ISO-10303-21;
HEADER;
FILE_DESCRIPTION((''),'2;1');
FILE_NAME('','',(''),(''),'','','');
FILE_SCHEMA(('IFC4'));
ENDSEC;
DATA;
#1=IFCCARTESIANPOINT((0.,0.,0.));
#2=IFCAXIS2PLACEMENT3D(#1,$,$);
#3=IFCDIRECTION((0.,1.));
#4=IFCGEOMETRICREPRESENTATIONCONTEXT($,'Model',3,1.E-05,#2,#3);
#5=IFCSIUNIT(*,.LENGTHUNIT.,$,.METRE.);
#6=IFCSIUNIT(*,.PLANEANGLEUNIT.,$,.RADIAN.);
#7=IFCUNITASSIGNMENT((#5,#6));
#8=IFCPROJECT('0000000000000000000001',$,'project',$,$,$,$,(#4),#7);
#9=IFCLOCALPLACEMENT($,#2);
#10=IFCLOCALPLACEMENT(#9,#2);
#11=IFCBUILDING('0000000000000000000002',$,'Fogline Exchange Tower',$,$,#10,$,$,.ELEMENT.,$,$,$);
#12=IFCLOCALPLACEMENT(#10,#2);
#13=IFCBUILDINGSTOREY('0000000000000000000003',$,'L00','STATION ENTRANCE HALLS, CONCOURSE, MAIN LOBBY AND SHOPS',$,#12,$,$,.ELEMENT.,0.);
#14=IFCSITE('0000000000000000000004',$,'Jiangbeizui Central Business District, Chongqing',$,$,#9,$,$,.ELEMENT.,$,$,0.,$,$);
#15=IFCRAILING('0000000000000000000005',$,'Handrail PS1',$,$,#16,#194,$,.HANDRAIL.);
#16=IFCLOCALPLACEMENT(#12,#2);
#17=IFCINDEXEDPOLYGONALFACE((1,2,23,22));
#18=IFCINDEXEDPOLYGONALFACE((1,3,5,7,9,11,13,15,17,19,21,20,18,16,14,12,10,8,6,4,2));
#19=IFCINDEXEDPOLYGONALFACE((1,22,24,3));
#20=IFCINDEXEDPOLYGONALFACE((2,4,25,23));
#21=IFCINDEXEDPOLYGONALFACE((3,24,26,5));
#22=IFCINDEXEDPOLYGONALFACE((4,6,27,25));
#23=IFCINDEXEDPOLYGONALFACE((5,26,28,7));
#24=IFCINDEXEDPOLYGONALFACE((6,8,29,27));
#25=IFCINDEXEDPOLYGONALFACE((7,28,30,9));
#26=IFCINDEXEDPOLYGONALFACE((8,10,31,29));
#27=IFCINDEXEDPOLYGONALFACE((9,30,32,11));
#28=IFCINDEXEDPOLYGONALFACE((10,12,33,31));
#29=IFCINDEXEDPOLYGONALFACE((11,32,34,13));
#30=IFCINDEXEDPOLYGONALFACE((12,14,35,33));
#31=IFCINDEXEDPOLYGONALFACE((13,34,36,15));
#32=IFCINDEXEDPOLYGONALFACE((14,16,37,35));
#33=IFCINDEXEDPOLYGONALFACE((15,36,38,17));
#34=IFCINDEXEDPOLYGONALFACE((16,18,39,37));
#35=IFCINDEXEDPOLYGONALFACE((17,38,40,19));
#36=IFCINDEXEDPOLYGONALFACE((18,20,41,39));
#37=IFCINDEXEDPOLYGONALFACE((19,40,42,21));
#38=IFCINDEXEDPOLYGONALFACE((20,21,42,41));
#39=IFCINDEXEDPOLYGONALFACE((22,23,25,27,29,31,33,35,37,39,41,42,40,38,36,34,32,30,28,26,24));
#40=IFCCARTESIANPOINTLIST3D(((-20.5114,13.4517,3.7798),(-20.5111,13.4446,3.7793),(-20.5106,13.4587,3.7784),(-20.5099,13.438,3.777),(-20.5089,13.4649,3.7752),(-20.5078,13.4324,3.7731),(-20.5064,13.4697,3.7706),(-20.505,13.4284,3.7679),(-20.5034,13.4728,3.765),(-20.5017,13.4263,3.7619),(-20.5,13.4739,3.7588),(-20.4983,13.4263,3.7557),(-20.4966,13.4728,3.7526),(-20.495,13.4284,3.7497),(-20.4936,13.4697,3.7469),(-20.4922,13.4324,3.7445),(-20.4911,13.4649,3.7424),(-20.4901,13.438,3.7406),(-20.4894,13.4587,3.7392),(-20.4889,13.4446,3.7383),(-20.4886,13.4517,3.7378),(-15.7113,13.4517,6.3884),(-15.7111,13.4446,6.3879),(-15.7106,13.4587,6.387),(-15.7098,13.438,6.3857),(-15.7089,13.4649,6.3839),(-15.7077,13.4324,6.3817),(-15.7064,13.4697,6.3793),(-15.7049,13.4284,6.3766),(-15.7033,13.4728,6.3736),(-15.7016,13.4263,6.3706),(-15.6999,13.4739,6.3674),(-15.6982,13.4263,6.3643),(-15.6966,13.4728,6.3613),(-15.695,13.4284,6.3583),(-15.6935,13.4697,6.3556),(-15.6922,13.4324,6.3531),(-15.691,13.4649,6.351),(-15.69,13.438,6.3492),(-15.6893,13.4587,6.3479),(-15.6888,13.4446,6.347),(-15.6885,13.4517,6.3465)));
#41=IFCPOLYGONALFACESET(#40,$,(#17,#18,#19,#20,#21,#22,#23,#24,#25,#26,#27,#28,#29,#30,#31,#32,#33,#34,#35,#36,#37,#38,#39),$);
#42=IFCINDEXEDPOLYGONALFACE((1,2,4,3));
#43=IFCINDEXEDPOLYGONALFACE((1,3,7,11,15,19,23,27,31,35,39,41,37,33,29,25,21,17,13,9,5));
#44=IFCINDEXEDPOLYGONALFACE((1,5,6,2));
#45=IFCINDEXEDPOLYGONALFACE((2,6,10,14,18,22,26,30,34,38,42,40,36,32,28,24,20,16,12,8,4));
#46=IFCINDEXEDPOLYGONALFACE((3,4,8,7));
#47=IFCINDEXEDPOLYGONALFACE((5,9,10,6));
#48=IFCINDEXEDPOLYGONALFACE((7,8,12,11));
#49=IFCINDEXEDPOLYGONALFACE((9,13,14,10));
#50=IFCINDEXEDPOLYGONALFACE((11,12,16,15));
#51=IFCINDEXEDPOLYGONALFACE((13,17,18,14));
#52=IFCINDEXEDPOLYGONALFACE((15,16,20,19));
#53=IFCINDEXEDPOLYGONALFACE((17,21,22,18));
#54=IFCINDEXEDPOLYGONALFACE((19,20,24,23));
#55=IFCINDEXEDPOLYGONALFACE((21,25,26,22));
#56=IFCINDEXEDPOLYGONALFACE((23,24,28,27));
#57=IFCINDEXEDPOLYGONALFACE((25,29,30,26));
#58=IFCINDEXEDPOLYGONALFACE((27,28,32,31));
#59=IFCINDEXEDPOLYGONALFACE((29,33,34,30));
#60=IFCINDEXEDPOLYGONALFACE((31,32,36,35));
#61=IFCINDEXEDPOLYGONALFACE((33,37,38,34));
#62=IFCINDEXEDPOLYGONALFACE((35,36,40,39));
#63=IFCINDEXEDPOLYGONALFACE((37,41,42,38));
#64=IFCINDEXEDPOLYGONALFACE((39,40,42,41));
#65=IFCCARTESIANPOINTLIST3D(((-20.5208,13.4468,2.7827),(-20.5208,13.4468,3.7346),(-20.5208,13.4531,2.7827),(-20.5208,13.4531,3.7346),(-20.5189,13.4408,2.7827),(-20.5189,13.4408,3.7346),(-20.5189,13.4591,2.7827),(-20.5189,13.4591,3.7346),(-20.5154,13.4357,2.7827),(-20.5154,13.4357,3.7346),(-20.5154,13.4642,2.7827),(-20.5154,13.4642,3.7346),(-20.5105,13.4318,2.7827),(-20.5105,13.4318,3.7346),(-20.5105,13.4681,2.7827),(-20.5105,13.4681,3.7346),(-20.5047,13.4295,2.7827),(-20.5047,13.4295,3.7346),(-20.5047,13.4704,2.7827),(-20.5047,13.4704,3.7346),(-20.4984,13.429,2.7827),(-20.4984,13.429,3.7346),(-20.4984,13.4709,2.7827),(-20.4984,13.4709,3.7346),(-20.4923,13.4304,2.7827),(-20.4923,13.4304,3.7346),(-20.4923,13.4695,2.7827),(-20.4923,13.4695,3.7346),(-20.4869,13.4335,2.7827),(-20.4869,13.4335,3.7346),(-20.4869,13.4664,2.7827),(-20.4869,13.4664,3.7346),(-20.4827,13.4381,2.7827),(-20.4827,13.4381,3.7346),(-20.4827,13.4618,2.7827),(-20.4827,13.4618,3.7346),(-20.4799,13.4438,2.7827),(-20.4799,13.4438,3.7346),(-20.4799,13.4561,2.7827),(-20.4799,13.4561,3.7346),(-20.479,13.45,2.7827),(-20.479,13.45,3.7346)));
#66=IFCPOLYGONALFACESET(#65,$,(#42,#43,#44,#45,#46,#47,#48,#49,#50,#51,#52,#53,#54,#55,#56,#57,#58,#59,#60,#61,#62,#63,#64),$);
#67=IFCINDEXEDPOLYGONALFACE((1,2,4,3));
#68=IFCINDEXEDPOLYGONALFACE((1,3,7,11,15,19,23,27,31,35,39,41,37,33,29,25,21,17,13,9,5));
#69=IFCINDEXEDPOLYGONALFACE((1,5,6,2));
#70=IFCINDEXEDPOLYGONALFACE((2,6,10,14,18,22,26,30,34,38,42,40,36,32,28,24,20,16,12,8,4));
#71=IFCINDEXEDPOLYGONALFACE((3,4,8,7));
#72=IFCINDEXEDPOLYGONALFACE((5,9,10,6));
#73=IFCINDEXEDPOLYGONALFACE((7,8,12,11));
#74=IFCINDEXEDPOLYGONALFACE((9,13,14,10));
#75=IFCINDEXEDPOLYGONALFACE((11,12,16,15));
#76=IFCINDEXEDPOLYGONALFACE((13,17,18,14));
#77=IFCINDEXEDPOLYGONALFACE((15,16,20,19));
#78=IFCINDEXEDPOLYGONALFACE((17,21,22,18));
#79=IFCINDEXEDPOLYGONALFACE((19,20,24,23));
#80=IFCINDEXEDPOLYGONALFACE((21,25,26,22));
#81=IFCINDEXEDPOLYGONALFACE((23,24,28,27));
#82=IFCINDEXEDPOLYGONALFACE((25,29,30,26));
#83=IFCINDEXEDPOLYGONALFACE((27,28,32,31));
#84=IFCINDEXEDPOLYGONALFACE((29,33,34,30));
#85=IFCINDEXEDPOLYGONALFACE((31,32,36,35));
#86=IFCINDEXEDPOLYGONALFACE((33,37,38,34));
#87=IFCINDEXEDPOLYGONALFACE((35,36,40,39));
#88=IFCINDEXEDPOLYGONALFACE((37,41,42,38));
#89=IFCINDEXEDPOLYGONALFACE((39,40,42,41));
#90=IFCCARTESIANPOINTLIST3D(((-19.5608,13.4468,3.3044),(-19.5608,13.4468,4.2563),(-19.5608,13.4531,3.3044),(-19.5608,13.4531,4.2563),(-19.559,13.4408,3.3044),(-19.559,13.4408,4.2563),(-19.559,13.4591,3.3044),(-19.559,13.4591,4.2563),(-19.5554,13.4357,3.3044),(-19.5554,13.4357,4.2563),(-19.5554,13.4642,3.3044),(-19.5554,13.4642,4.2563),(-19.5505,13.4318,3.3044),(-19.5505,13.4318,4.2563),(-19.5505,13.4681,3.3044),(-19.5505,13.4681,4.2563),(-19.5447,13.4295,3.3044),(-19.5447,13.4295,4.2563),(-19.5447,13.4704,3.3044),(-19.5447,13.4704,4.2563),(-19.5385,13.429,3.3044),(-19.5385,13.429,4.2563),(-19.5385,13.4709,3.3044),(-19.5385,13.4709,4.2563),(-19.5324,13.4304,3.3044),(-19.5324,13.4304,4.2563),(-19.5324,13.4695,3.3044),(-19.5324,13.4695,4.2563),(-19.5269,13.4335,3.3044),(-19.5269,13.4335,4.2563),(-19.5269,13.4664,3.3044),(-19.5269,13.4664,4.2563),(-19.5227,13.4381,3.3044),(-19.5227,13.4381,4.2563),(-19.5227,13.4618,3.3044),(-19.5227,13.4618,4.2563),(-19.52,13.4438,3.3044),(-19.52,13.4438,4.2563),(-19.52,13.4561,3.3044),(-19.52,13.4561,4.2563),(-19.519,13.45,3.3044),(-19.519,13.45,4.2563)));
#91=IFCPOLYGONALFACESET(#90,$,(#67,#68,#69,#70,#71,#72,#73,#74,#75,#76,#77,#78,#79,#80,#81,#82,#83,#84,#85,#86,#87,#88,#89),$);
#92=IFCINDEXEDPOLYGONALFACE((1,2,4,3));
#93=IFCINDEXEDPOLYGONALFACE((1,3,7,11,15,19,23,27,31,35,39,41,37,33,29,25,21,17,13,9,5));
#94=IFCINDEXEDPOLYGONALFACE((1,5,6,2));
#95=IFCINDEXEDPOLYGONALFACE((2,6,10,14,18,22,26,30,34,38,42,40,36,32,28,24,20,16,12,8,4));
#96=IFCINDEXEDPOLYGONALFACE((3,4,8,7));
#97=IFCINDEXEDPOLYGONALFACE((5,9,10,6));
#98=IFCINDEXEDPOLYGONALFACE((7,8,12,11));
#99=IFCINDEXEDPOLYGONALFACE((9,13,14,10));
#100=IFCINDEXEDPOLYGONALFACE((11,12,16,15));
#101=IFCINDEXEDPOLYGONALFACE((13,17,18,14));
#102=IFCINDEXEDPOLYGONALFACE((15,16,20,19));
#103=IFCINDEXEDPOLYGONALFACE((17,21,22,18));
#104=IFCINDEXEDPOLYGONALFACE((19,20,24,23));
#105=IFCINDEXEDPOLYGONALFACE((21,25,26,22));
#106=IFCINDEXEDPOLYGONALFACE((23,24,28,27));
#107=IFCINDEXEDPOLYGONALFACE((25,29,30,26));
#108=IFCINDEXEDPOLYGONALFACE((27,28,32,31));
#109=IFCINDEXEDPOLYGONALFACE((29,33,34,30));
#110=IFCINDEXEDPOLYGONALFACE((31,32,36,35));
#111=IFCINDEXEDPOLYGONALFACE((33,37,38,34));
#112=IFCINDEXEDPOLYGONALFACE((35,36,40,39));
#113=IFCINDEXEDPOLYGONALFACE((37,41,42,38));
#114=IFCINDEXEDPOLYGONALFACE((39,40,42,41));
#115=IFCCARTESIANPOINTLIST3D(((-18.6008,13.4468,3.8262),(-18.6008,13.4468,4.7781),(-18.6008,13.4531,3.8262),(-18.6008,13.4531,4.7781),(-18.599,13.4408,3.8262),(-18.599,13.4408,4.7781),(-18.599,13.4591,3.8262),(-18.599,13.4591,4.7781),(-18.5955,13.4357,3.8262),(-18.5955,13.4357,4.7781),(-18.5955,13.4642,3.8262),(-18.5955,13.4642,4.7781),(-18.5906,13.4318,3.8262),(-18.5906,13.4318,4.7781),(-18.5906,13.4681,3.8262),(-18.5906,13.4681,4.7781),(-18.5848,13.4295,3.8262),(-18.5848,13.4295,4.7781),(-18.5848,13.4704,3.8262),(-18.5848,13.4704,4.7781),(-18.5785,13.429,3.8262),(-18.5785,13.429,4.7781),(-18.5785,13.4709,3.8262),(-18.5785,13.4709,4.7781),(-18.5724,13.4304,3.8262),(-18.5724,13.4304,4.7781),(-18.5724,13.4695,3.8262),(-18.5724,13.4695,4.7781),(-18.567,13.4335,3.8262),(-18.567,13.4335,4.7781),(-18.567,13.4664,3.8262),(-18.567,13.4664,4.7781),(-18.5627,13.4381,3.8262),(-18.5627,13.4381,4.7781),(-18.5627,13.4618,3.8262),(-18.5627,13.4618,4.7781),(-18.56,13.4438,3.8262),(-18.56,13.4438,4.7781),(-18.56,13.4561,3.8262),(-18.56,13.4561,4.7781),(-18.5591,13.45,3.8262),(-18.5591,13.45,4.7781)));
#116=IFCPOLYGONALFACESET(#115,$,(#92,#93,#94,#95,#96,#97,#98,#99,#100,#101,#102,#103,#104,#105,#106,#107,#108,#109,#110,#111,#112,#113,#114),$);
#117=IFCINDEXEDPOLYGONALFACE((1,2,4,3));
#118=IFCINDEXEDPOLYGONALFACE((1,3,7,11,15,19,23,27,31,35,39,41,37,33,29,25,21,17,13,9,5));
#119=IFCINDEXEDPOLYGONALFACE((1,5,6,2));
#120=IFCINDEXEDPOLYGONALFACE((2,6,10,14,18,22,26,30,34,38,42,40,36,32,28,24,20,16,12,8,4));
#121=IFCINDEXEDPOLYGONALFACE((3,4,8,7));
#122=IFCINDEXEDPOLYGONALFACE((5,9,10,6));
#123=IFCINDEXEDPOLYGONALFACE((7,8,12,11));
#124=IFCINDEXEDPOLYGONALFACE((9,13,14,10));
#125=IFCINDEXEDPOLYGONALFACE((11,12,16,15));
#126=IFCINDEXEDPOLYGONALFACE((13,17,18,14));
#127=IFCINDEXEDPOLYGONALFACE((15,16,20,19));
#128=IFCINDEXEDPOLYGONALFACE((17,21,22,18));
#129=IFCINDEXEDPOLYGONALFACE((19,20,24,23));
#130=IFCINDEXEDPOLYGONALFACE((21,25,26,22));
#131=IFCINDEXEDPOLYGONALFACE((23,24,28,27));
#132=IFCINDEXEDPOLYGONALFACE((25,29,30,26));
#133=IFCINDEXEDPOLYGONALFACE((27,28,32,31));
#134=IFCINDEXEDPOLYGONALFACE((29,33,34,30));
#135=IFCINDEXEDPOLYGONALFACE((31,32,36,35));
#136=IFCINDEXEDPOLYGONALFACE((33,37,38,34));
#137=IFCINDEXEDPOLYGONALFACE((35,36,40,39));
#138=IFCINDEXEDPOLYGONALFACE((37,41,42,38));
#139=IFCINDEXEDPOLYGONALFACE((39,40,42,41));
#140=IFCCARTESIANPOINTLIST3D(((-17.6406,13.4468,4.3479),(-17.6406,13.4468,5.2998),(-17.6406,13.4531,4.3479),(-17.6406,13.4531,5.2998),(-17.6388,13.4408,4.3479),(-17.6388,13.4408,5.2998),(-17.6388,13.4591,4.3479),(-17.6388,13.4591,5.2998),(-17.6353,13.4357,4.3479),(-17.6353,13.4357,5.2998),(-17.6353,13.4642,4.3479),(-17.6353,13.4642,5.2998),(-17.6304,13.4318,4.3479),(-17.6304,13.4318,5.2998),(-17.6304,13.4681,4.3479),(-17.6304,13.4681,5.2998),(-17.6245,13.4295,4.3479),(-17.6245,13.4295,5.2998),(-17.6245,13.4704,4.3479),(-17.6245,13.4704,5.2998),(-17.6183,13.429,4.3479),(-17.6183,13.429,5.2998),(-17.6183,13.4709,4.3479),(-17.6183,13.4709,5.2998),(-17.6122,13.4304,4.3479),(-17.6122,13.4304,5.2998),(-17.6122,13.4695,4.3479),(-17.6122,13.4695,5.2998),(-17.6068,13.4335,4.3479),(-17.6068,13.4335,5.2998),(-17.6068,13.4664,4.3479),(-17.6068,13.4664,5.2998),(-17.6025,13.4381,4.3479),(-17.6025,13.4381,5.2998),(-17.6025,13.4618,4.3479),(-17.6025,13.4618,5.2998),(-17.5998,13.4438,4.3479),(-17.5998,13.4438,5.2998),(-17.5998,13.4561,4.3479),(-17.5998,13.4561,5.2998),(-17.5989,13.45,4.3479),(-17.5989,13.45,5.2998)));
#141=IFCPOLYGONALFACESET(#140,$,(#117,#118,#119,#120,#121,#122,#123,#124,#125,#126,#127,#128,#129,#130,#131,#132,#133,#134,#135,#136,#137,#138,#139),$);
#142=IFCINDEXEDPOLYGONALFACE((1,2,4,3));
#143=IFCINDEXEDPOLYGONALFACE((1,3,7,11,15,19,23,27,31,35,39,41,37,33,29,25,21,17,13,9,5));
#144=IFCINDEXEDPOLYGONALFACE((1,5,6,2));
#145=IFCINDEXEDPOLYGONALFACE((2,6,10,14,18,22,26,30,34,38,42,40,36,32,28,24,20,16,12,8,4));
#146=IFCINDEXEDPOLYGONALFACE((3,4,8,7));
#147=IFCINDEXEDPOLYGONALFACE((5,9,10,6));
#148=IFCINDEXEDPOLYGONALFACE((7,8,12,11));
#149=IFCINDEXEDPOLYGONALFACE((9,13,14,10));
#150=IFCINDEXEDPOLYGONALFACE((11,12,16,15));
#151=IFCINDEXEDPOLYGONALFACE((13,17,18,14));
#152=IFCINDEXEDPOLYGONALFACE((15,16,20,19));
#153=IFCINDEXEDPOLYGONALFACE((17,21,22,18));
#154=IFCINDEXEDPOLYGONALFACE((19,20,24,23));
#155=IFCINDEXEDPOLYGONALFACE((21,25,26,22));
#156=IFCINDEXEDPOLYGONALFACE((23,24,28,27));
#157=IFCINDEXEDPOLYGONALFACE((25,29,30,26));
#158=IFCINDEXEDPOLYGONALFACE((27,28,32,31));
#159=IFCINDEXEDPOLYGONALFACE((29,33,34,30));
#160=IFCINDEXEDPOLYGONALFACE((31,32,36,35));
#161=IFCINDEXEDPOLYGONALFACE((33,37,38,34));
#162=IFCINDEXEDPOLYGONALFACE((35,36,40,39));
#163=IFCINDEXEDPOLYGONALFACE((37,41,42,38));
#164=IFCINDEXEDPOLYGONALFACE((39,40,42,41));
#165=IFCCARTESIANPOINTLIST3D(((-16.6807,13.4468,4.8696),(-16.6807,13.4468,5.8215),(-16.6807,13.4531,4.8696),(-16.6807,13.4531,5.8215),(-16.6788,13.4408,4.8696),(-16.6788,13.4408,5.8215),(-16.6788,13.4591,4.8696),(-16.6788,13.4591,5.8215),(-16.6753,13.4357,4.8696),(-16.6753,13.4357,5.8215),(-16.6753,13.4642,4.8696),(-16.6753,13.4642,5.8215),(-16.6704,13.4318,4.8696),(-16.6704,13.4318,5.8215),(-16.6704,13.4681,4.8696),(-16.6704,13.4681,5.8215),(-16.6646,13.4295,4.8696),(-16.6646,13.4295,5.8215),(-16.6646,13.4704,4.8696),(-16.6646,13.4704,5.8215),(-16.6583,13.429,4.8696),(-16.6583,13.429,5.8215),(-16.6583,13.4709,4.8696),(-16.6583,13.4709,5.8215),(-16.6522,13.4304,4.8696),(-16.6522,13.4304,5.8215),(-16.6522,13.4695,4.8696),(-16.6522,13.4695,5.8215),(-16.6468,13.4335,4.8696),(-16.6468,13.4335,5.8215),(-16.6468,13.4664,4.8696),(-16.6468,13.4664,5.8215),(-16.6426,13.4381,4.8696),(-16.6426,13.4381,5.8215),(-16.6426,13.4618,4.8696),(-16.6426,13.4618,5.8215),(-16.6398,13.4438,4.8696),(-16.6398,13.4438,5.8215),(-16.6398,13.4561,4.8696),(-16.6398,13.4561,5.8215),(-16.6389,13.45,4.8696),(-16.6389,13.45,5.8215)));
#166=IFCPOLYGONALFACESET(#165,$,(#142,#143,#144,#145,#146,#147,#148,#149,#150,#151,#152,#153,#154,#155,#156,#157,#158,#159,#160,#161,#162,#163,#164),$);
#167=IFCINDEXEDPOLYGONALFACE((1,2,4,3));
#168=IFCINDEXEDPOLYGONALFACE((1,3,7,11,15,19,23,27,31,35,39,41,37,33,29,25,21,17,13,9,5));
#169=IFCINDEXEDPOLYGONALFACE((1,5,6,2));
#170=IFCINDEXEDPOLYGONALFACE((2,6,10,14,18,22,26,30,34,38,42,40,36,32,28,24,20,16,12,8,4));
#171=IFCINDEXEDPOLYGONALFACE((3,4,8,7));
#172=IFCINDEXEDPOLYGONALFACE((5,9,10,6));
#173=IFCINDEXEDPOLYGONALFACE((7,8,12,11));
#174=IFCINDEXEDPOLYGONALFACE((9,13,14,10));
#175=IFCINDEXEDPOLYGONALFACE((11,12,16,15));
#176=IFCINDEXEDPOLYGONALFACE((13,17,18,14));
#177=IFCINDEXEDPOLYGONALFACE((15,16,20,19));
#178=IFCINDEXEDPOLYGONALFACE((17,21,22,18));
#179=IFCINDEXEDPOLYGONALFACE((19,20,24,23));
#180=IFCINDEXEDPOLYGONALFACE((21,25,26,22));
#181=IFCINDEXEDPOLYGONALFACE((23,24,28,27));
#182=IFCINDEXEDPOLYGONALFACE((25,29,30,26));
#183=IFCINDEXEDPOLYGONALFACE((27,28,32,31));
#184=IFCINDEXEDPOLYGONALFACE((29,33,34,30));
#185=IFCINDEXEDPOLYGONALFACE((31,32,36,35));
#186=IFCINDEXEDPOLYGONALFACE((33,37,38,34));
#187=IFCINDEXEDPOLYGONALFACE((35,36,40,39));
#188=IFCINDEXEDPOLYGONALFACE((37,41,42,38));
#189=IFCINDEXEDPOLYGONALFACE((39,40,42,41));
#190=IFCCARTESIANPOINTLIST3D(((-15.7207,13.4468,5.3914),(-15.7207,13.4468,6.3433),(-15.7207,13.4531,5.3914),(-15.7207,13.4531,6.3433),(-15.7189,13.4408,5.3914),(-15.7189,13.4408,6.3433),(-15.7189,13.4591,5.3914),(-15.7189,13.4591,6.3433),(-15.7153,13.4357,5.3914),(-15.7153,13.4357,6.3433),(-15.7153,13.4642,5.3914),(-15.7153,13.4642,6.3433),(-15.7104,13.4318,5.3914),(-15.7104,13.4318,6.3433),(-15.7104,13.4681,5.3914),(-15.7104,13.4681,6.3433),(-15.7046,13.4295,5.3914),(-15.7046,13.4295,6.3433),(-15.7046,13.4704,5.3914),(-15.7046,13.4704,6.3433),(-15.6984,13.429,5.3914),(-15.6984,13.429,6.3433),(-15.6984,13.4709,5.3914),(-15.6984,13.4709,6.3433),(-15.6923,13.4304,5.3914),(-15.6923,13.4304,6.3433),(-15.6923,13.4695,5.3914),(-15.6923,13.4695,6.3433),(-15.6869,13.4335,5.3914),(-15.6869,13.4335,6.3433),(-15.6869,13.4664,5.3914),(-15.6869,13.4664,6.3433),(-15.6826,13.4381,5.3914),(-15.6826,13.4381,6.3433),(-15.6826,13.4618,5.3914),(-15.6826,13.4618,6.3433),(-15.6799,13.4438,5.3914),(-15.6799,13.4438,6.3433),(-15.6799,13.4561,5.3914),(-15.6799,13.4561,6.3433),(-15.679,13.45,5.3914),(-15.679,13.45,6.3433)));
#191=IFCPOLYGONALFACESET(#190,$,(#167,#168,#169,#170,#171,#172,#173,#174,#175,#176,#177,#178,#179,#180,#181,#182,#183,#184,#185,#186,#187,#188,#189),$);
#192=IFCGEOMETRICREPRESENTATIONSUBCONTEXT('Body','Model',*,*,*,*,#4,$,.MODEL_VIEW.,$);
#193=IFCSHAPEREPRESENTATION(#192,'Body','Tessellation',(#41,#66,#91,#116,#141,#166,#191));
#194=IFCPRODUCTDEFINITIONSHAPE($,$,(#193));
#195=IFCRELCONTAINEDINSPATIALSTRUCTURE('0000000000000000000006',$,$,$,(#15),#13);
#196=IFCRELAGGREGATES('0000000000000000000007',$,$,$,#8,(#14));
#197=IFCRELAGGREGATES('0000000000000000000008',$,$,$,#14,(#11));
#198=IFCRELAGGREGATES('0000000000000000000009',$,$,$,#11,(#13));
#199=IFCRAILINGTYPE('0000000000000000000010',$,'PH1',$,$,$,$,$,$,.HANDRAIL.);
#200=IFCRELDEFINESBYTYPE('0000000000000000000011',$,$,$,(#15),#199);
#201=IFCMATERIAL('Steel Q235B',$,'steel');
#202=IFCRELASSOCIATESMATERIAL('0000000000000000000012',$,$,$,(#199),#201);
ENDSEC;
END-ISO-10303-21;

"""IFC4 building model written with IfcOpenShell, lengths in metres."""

from ifc_helpers import new_model, si_unit, direction, frame, origin, origin_2d, place, context, subcontext, project, spatial, circle, extrude, material, type_object, element, save


model = new_model("IFC4")

# Units and contexts
model_context = context("Model", 3, precision=1e-05, world=origin(), true_north=direction((0.0, 1.0)))
body_context = subcontext(model_context, "Body", "Model", "MODEL_VIEW")
ifc_project = project(units=[si_unit("LENGTHUNIT", "METRE"), si_unit("PLANEANGLEUNIT", "RADIAN")], contexts=[model_context])

# Site, building, storey
site_placement = place(None, origin())
site = spatial("IfcSite", under=ifc_project, at=site_placement, Name="Jiangbeizui Central Business District, Chongqing", CompositionType="ELEMENT", RefElevation=0.0)
building_placement = place(site_placement, origin())
building = spatial("IfcBuilding", under=site, at=building_placement, Name="Fogline Exchange Tower", CompositionType="ELEMENT")
storey_placement = place(building_placement, origin())
storey = spatial("IfcBuildingStorey", under=building, at=storey_placement, Name="L00", Description="STATION ENTRANCE HALLS, CONCOURSE, MAIN LOBBY AND SHOPS", CompositionType="ELEMENT", Elevation=0.0)

# Shared definitions
ifc_material_1 = material(Name="Steel Q235B", Category="steel")

# Railing
railing_type_1 = type_object("IfcRailingType", Name="PH1", PredefinedType="HANDRAIL", material=ifc_material_1)
for number, where, name in (
    (1, (-20.5, 13.45, 2.7827), "Handrail PS1"),
):
    element("IfcRailing", number, at=place(storey_placement, frame(where)), inside=storey, type_object=railing_type_1, Name=name, PredefinedType="HANDRAIL", context=body_context, shape_type="SweptSolid", body=[
        extrude(circle(Radius=0.0239, at=origin_2d()), frame((0.0, 0.0, 0.9761), z_axis=(0.878631, 0.0, 0.477502), x_axis=(0.0, 1.0, 0.0)), (0.0, 0.0, 1.0), 5.4631),
        extrude(circle(Radius=0.021, at=origin_2d()), origin(), (0.0, 0.0, 1.0), 0.9519),
        extrude(circle(Radius=0.021, at=origin_2d()), frame((0.96, 0.0, 0.5217)), (0.0, 0.0, 1.0), 0.9519),
        extrude(circle(Radius=0.021, at=origin_2d()), frame((1.9199, 0.0, 1.0435)), (0.0, 0.0, 1.0), 0.9519),
        extrude(circle(Radius=0.021, at=origin_2d()), frame((2.8801, 0.0, 1.5652)), (0.0, 0.0, 1.0), 0.9519),
        extrude(circle(Radius=0.021, at=origin_2d()), frame((3.8401, 0.0, 2.0869)), (0.0, 0.0, 1.0), 0.9519),
        extrude(circle(Radius=0.021, at=origin_2d()), frame((4.8, 0.0, 2.6086)), (0.0, 0.0, 1.0), 0.9519),
    ])

save(model, "model.ifc")
